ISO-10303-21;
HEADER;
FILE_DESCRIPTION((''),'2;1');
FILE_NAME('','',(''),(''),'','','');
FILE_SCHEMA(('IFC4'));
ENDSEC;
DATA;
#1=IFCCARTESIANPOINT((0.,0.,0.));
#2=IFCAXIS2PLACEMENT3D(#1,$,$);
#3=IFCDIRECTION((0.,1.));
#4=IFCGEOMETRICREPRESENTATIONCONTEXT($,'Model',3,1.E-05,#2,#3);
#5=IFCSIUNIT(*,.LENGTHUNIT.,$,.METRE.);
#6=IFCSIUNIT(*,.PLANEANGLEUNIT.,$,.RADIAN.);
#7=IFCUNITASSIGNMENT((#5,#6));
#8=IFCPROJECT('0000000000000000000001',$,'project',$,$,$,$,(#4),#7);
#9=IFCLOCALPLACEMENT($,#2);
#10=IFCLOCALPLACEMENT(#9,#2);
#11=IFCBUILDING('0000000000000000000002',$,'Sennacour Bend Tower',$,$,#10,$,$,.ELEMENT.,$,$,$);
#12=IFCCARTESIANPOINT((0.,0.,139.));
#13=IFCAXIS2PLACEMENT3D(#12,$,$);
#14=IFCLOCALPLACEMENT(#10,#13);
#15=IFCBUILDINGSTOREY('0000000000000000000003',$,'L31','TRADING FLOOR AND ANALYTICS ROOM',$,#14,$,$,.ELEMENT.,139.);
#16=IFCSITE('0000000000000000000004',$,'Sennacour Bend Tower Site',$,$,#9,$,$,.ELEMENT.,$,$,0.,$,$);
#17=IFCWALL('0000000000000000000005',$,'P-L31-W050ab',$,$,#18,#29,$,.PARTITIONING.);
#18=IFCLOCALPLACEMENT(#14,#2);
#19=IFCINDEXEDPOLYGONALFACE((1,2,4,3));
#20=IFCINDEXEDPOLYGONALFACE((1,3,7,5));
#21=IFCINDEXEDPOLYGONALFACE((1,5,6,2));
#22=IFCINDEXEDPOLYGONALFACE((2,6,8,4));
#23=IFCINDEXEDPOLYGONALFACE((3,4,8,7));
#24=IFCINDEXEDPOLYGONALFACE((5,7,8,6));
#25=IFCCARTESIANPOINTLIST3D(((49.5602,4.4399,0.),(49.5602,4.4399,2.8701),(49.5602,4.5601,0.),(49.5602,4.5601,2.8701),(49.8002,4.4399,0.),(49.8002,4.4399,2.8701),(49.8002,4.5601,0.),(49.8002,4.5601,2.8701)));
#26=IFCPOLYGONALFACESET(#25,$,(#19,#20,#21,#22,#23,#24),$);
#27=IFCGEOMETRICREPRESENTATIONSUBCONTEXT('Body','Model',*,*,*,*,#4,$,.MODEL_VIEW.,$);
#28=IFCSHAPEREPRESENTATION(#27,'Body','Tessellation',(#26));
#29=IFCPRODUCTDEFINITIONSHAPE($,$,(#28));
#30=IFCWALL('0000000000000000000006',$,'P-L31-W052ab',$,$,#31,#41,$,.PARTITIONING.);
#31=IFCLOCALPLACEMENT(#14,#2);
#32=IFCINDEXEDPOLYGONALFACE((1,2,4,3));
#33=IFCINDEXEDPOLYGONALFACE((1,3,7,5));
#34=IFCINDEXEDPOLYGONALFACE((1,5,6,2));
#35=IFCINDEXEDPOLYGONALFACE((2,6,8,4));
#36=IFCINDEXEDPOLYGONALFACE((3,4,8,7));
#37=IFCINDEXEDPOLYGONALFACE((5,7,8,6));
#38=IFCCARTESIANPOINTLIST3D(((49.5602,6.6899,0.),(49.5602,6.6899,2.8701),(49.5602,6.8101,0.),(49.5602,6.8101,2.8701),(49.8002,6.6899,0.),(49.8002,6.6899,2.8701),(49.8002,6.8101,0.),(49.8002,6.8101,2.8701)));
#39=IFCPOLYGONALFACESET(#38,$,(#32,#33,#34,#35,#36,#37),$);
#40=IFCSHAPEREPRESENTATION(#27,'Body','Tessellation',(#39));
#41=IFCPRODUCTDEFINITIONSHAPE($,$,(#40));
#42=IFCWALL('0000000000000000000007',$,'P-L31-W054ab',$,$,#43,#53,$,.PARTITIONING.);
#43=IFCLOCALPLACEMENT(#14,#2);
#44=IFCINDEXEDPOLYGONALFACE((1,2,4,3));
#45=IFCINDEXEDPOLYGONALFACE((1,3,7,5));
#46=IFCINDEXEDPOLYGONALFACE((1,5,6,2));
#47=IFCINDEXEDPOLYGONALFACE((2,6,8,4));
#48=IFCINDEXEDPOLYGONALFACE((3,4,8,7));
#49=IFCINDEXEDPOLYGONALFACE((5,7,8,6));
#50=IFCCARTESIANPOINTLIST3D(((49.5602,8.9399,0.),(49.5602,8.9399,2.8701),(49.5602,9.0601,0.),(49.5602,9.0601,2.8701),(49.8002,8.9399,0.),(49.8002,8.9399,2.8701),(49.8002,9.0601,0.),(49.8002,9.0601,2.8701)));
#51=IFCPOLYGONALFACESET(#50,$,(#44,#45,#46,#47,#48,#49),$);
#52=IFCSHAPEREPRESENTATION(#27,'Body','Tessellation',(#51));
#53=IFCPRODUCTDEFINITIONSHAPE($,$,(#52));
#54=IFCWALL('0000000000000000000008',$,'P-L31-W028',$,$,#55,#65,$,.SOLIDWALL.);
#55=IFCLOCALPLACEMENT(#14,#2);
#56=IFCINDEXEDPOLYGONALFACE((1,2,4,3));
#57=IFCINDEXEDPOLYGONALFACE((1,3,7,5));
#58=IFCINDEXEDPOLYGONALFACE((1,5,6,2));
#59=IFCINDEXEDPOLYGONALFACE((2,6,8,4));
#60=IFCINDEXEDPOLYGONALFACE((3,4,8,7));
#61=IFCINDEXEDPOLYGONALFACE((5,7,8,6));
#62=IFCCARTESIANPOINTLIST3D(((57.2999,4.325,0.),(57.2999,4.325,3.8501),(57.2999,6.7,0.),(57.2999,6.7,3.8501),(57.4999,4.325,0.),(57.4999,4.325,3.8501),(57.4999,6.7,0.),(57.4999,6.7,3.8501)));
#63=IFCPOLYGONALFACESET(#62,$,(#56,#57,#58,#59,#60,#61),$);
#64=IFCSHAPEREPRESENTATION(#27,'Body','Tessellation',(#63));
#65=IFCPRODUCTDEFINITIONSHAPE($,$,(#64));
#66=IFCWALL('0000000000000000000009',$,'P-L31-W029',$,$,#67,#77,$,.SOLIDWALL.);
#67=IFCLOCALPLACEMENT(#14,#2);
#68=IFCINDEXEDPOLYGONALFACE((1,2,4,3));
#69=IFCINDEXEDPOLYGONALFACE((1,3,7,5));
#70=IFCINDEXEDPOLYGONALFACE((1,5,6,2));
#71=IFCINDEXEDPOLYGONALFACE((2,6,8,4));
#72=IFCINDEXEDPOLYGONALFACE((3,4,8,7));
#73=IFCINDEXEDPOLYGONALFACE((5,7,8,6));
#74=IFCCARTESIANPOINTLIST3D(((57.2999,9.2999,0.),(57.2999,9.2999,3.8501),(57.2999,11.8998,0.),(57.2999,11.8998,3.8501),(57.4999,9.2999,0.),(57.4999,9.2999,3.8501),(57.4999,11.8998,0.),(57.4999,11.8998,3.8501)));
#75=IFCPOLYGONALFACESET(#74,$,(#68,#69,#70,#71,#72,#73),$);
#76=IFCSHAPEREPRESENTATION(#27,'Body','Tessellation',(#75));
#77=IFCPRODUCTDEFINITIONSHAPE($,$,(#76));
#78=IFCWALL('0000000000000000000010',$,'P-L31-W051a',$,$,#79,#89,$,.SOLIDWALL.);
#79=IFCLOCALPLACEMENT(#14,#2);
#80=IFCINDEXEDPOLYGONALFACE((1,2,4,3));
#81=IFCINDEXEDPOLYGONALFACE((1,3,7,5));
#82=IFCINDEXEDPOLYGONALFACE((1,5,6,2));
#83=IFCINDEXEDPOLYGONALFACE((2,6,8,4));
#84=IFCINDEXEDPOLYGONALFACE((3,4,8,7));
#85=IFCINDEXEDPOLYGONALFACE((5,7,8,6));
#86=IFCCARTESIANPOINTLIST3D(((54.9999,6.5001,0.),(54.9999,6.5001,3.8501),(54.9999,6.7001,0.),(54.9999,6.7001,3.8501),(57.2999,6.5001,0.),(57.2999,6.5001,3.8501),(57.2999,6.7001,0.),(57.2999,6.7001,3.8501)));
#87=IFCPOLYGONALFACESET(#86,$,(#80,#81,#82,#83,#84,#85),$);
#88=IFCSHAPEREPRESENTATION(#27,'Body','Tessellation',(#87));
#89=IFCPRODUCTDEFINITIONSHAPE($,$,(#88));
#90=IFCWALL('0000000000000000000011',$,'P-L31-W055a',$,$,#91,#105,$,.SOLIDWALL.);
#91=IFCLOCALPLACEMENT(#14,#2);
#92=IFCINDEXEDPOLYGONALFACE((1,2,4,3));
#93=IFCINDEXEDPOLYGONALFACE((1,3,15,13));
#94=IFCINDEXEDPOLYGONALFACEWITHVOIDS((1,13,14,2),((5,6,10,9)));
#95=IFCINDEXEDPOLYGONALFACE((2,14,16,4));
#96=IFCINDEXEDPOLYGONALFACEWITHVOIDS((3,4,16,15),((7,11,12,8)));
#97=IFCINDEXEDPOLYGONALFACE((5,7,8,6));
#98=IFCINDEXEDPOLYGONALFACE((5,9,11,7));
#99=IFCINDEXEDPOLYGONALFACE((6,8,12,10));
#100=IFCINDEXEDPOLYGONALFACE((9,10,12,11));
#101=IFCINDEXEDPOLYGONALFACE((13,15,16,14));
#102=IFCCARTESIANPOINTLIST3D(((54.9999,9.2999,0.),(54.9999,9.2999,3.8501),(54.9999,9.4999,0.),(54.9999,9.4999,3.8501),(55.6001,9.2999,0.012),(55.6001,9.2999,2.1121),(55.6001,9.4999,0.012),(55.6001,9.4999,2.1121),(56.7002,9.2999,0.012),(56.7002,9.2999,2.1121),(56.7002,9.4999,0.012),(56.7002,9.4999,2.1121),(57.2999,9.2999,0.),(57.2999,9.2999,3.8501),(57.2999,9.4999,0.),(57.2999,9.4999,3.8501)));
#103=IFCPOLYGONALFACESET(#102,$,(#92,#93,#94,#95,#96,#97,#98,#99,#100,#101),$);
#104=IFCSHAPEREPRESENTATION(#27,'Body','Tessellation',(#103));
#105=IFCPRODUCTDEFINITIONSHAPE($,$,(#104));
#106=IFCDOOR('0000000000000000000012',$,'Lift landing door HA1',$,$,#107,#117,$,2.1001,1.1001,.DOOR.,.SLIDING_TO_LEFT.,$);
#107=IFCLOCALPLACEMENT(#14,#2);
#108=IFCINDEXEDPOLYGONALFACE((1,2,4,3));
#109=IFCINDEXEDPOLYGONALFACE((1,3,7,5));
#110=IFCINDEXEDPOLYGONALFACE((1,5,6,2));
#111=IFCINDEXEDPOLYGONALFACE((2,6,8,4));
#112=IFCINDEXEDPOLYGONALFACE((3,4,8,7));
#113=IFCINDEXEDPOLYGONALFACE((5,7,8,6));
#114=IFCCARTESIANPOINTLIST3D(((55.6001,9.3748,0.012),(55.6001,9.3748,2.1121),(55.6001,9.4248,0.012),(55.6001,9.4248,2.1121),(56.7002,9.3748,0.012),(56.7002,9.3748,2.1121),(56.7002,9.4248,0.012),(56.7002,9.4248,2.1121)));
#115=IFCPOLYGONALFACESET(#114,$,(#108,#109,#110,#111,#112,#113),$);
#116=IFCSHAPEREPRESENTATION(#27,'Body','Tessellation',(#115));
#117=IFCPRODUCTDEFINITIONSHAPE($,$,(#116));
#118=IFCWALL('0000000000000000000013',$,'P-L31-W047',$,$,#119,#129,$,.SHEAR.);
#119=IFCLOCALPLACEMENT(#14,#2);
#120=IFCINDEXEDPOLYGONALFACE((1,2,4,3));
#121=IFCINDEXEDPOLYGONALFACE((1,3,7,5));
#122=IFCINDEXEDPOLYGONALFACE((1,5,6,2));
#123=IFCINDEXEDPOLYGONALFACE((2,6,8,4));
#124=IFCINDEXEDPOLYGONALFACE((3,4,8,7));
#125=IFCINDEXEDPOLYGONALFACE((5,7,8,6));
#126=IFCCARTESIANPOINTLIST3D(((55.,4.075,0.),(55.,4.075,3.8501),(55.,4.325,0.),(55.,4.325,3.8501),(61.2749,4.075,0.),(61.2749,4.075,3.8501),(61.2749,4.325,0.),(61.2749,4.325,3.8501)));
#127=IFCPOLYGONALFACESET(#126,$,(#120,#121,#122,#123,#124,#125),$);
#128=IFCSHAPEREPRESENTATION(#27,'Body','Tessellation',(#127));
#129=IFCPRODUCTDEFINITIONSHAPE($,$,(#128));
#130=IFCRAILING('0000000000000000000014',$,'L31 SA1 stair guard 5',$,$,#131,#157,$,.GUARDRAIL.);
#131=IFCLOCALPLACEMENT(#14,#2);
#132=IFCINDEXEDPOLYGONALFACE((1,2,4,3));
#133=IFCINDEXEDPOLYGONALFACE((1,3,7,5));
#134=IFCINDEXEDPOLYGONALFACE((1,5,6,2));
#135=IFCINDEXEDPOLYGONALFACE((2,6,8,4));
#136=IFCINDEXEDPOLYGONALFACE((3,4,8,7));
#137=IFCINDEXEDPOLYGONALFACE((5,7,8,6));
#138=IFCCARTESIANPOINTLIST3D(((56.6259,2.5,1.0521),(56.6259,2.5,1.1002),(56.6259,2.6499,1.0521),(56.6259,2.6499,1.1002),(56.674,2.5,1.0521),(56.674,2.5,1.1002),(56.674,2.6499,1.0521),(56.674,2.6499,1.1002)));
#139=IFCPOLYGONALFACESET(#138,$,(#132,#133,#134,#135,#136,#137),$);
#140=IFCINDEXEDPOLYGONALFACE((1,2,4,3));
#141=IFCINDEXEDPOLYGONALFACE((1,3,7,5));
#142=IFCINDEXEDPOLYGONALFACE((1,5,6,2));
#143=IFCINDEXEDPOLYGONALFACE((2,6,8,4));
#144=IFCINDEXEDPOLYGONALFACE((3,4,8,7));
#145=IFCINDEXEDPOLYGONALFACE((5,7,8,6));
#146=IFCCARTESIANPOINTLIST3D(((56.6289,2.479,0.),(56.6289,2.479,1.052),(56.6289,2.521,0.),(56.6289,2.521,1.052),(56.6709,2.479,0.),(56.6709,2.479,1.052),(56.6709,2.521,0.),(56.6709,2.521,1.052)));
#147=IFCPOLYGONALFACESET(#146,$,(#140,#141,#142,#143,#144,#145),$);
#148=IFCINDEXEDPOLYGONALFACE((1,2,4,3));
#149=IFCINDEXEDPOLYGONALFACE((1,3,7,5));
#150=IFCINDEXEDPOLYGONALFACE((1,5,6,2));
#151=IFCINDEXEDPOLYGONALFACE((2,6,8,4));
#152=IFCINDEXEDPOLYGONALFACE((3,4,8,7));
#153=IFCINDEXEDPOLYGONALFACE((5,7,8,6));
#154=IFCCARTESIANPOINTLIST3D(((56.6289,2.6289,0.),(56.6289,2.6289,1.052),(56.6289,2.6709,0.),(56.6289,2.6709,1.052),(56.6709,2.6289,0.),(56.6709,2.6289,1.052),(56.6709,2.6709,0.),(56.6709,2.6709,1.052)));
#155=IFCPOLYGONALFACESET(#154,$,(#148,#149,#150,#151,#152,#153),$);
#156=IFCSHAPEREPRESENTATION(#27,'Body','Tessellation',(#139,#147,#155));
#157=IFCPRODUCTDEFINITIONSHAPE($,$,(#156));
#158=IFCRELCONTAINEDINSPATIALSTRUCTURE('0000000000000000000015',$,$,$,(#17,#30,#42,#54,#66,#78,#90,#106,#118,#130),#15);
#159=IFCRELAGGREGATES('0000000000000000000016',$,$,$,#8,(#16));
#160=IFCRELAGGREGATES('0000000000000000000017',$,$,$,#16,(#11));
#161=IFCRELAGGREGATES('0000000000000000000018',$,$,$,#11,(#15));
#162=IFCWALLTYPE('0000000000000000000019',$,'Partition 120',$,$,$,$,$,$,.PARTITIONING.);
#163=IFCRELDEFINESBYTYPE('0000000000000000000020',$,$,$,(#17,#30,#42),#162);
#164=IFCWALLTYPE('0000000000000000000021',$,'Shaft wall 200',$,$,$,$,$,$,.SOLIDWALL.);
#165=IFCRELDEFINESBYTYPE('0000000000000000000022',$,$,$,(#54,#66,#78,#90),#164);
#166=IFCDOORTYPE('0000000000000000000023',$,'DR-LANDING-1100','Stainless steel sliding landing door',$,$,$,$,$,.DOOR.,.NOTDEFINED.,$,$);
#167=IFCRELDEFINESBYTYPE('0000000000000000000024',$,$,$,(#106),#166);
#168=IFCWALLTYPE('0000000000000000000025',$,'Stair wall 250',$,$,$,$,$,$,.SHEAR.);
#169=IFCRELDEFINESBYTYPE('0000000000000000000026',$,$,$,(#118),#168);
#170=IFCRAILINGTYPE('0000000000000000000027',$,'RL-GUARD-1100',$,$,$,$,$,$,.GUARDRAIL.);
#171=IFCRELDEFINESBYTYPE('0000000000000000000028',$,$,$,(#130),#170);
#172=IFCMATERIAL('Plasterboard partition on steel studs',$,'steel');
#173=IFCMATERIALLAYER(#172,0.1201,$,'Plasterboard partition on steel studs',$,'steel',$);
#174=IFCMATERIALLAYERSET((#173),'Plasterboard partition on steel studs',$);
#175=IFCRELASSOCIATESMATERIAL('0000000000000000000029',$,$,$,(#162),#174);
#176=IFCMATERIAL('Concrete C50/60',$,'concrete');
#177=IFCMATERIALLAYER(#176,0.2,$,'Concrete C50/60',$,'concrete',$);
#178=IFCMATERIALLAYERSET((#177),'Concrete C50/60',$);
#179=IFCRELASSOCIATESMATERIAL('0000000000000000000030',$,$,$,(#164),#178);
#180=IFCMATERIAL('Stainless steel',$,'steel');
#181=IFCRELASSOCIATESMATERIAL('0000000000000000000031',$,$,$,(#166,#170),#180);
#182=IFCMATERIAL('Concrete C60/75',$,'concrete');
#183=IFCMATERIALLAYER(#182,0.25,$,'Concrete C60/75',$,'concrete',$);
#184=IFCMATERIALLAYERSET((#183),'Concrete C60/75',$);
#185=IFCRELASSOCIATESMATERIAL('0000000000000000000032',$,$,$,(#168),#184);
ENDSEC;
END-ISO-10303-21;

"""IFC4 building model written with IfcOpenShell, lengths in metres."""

from ifc_helpers import new_model, si_unit, direction, frame, frame_2d, origin, origin_2d, place, context, subcontext, project, spatial, rectangle, extrude, material, layer, layer_set, type_object, element, fill, save


model = new_model("IFC4")

# Units and contexts
model_context = context("Model", 3, precision=1e-05, world=origin(), true_north=direction((0.0, 1.0)))
body_context = subcontext(model_context, "Body", "Model", "MODEL_VIEW")
ifc_project = project(units=[si_unit("LENGTHUNIT", "METRE"), si_unit("PLANEANGLEUNIT", "RADIAN")], contexts=[model_context])

# Site, building, storey
site_placement = place(None, origin())
site = spatial("IfcSite", under=ifc_project, at=site_placement, Name="Sennacour Bend Tower Site", CompositionType="ELEMENT", RefElevation=0.0)
building_placement = place(site_placement, origin())
building = spatial("IfcBuilding", under=site, at=building_placement, Name="Sennacour Bend Tower", CompositionType="ELEMENT")
storey_placement = place(building_placement, frame((0.0, 0.0, 139.0)))
storey = spatial("IfcBuildingStorey", under=building, at=storey_placement, Name="L31", Description="TRADING FLOOR AND ANALYTICS ROOM", CompositionType="ELEMENT", Elevation=139.0)

# Walls
ifc_material_1 = material(Name="Plasterboard partition on steel studs", Category="steel")
ifc_layer_1 = layer(ifc_material_1, 0.1201, Name="Plasterboard partition on steel studs", Category="steel")
ifc_layer_set_1 = layer_set([ifc_layer_1], Name="Plasterboard partition on steel studs")
wall_type_1 = type_object("IfcWallType", Name="Partition 120", PredefinedType="PARTITIONING", material=ifc_layer_set_1)
for number, where, z_axis, x_axis, name in (
    (1, (49.5601, 4.5, 0.0), (0.0, 0.0, 1.0), (1.0, 0.0, 0.0), "P-L31-W050ab"),
    (2, (49.5601, 6.75, 0.0), (0.0, 0.0, 1.0), (1.0, 0.0, 0.0), "P-L31-W052ab"),
    (3, (49.5601, 9.0, 0.0), (0.0, 0.0, 1.0), (1.0, 0.0, 0.0), "P-L31-W054ab"),
):
    element("IfcWall", number, at=place(storey_placement, frame(where, z_axis=z_axis, x_axis=x_axis)), inside=storey, type_object=wall_type_1, Name=name, PredefinedType="PARTITIONING", context=body_context, shape_type="SweptSolid", body=[
        extrude(rectangle(XDim=0.24, YDim=0.1201, at=frame_2d((0.1201, 0.0))), origin(), (0.0, 0.0, 1.0), 2.8701),
    ])
ifc_material_2 = material(Name="Concrete C50/60", Category="concrete")
ifc_layer_2 = layer(ifc_material_2, 0.2, Name="Concrete C50/60", Category="concrete")
ifc_layer_set_2 = layer_set([ifc_layer_2], Name="Concrete C50/60")
wall_type_2 = type_object("IfcWallType", Name="Shaft wall 200", PredefinedType="SOLIDWALL", material=ifc_layer_set_2)
wall_1_placement = place(storey_placement, frame((57.3999, 4.325, 0.0), z_axis=(0.0, 0.0, 1.0), x_axis=(0.0, 1.0, 0.0)))
element("IfcWall", 4, at=wall_1_placement, inside=storey, type_object=wall_type_2, Name="P-L31-W028", PredefinedType="SOLIDWALL", context=body_context, shape_type="SweptSolid", body=[
    extrude(rectangle(XDim=2.375, YDim=0.2, at=frame_2d((1.1875, 0.0))), origin(), (0.0, 0.0, 1.0), 3.8501),
])
wall_2_placement = place(storey_placement, frame((57.3999, 9.3, 0.0), z_axis=(0.0, 0.0, 1.0), x_axis=(0.0, 1.0, 0.0)))
element("IfcWall", 5, at=wall_2_placement, inside=storey, type_object=wall_type_2, Name="P-L31-W029", PredefinedType="SOLIDWALL", context=body_context, shape_type="SweptSolid", body=[
    extrude(rectangle(XDim=2.5999, YDim=0.2, at=frame_2d((1.2998, 0.0))), origin(), (0.0, 0.0, 1.0), 3.8501),
])
wall_3_placement = place(storey_placement, frame((55.0, 6.6001, 0.0), z_axis=(0.0, 0.0, 1.0), x_axis=(1.0, 0.0, 0.0)))
element("IfcWall", 6, at=wall_3_placement, inside=storey, type_object=wall_type_2, Name="P-L31-W051a", PredefinedType="SOLIDWALL", context=body_context, shape_type="SweptSolid", body=[
    extrude(rectangle(XDim=2.3, YDim=0.2, at=frame_2d((1.1499, 0.0))), origin(), (0.0, 0.0, 1.0), 3.8501),
])

# Wall, opening, door
wall_4_placement = place(storey_placement, frame((55.0, 9.3999, 0.0), z_axis=(0.0, 0.0, 1.0), x_axis=(1.0, 0.0, 0.0)))
wall_4 = element("IfcWall", 7, at=wall_4_placement, inside=storey, type_object=wall_type_2, Name="P-L31-W055a", PredefinedType="SOLIDWALL", context=body_context, shape_type="SweptSolid", body=[
    extrude(rectangle(XDim=2.3, YDim=0.2, at=frame_2d((1.1499, 0.0))), origin(), (0.0, 0.0, 1.0), 3.8501),
])
opening_placement = place(wall_4_placement, frame((0.6001, 0.0, 0.012)))
opening = element("IfcOpeningElement", 8, at=opening_placement, cuts=wall_4, PredefinedType="OPENING", context=body_context, shape_type="SweptSolid", body=[
    extrude(rectangle(XDim=1.1001, YDim=2.1001, at=frame_2d((0.55, 1.05))), frame((0.0, 0.1099, 0.0), z_axis=(0.0, -1.0, 0.0), x_axis=(1.0, 0.0, 0.0)), (0.0, 0.0, 1.0), 0.22),
])
ifc_material_3 = material(Name="Stainless steel", Category="steel")
door_type = type_object("IfcDoorType", Name="DR-LANDING-1100", Description="Stainless steel sliding landing door", OperationType="NOTDEFINED", PredefinedType="DOOR", material=ifc_material_3)
door_placement = place(opening_placement, origin())
door = element("IfcDoor", 9, at=door_placement, inside=storey, type_object=door_type, Name="Lift landing door HA1", OperationType="SLIDING_TO_LEFT", OverallHeight=2.1001, OverallWidth=1.1001, PredefinedType="DOOR", context=body_context, shape_type="SweptSolid", body=[
    extrude(rectangle(XDim=1.1001, YDim=2.1001, at=frame_2d((0.55, 1.05))), frame((0.0, 0.0249, 0.0), z_axis=(0.0, -1.0, 0.0), x_axis=(1.0, 0.0, 0.0)), (0.0, 0.0, 1.0), 0.05),
])
fill(opening, door)

# Wall
ifc_material_4 = material(Name="Concrete C60/75", Category="concrete")
ifc_layer_3 = layer(ifc_material_4, 0.25, Name="Concrete C60/75", Category="concrete")
ifc_layer_set_3 = layer_set([ifc_layer_3], Name="Concrete C60/75")
wall_type_3 = type_object("IfcWallType", Name="Stair wall 250", PredefinedType="SHEAR", material=ifc_layer_set_3)
wall_5_placement = place(storey_placement, frame((55.0, 4.2, 0.0), z_axis=(0.0, 0.0, 1.0), x_axis=(1.0, 0.0, 0.0)))
element("IfcWall", 10, at=wall_5_placement, inside=storey, type_object=wall_type_3, Name="P-L31-W047", PredefinedType="SHEAR", context=body_context, shape_type="SweptSolid", body=[
    extrude(rectangle(XDim=6.2749, YDim=0.25, at=frame_2d((3.1375, 0.0))), origin(), (0.0, 0.0, 1.0), 3.8501),
])

# Railing
railing_type = type_object("IfcRailingType", Name="RL-GUARD-1100", PredefinedType="GUARDRAIL", material=ifc_material_3)
railing_placement = place(storey_placement, frame((56.6499, 2.5, 0.0)))
element("IfcRailing", 11, at=railing_placement, inside=storey, type_object=railing_type, Name="L31 SA1 stair guard 5", PredefinedType="GUARDRAIL", context=body_context, shape_type="SweptSolid", body=[
    extrude(rectangle(XDim=0.0481, YDim=0.0481, at=origin_2d()), frame((0.0, 0.0, 1.0762), z_axis=(0.0, 1.0, 0.0), x_axis=(-1.0, 0.0, 0.0)), (0.0, 0.0, 1.0), 0.1499),
    extrude(rectangle(XDim=0.042, YDim=0.042, at=origin_2d()), origin(), (0.0, 0.0, 1.0), 1.052),
    extrude(rectangle(XDim=0.042, YDim=0.042, at=origin_2d()), frame((0.0, 0.1499, 0.0)), (0.0, 0.0, 1.0), 1.052),
])

save(model, "model.ifc")
